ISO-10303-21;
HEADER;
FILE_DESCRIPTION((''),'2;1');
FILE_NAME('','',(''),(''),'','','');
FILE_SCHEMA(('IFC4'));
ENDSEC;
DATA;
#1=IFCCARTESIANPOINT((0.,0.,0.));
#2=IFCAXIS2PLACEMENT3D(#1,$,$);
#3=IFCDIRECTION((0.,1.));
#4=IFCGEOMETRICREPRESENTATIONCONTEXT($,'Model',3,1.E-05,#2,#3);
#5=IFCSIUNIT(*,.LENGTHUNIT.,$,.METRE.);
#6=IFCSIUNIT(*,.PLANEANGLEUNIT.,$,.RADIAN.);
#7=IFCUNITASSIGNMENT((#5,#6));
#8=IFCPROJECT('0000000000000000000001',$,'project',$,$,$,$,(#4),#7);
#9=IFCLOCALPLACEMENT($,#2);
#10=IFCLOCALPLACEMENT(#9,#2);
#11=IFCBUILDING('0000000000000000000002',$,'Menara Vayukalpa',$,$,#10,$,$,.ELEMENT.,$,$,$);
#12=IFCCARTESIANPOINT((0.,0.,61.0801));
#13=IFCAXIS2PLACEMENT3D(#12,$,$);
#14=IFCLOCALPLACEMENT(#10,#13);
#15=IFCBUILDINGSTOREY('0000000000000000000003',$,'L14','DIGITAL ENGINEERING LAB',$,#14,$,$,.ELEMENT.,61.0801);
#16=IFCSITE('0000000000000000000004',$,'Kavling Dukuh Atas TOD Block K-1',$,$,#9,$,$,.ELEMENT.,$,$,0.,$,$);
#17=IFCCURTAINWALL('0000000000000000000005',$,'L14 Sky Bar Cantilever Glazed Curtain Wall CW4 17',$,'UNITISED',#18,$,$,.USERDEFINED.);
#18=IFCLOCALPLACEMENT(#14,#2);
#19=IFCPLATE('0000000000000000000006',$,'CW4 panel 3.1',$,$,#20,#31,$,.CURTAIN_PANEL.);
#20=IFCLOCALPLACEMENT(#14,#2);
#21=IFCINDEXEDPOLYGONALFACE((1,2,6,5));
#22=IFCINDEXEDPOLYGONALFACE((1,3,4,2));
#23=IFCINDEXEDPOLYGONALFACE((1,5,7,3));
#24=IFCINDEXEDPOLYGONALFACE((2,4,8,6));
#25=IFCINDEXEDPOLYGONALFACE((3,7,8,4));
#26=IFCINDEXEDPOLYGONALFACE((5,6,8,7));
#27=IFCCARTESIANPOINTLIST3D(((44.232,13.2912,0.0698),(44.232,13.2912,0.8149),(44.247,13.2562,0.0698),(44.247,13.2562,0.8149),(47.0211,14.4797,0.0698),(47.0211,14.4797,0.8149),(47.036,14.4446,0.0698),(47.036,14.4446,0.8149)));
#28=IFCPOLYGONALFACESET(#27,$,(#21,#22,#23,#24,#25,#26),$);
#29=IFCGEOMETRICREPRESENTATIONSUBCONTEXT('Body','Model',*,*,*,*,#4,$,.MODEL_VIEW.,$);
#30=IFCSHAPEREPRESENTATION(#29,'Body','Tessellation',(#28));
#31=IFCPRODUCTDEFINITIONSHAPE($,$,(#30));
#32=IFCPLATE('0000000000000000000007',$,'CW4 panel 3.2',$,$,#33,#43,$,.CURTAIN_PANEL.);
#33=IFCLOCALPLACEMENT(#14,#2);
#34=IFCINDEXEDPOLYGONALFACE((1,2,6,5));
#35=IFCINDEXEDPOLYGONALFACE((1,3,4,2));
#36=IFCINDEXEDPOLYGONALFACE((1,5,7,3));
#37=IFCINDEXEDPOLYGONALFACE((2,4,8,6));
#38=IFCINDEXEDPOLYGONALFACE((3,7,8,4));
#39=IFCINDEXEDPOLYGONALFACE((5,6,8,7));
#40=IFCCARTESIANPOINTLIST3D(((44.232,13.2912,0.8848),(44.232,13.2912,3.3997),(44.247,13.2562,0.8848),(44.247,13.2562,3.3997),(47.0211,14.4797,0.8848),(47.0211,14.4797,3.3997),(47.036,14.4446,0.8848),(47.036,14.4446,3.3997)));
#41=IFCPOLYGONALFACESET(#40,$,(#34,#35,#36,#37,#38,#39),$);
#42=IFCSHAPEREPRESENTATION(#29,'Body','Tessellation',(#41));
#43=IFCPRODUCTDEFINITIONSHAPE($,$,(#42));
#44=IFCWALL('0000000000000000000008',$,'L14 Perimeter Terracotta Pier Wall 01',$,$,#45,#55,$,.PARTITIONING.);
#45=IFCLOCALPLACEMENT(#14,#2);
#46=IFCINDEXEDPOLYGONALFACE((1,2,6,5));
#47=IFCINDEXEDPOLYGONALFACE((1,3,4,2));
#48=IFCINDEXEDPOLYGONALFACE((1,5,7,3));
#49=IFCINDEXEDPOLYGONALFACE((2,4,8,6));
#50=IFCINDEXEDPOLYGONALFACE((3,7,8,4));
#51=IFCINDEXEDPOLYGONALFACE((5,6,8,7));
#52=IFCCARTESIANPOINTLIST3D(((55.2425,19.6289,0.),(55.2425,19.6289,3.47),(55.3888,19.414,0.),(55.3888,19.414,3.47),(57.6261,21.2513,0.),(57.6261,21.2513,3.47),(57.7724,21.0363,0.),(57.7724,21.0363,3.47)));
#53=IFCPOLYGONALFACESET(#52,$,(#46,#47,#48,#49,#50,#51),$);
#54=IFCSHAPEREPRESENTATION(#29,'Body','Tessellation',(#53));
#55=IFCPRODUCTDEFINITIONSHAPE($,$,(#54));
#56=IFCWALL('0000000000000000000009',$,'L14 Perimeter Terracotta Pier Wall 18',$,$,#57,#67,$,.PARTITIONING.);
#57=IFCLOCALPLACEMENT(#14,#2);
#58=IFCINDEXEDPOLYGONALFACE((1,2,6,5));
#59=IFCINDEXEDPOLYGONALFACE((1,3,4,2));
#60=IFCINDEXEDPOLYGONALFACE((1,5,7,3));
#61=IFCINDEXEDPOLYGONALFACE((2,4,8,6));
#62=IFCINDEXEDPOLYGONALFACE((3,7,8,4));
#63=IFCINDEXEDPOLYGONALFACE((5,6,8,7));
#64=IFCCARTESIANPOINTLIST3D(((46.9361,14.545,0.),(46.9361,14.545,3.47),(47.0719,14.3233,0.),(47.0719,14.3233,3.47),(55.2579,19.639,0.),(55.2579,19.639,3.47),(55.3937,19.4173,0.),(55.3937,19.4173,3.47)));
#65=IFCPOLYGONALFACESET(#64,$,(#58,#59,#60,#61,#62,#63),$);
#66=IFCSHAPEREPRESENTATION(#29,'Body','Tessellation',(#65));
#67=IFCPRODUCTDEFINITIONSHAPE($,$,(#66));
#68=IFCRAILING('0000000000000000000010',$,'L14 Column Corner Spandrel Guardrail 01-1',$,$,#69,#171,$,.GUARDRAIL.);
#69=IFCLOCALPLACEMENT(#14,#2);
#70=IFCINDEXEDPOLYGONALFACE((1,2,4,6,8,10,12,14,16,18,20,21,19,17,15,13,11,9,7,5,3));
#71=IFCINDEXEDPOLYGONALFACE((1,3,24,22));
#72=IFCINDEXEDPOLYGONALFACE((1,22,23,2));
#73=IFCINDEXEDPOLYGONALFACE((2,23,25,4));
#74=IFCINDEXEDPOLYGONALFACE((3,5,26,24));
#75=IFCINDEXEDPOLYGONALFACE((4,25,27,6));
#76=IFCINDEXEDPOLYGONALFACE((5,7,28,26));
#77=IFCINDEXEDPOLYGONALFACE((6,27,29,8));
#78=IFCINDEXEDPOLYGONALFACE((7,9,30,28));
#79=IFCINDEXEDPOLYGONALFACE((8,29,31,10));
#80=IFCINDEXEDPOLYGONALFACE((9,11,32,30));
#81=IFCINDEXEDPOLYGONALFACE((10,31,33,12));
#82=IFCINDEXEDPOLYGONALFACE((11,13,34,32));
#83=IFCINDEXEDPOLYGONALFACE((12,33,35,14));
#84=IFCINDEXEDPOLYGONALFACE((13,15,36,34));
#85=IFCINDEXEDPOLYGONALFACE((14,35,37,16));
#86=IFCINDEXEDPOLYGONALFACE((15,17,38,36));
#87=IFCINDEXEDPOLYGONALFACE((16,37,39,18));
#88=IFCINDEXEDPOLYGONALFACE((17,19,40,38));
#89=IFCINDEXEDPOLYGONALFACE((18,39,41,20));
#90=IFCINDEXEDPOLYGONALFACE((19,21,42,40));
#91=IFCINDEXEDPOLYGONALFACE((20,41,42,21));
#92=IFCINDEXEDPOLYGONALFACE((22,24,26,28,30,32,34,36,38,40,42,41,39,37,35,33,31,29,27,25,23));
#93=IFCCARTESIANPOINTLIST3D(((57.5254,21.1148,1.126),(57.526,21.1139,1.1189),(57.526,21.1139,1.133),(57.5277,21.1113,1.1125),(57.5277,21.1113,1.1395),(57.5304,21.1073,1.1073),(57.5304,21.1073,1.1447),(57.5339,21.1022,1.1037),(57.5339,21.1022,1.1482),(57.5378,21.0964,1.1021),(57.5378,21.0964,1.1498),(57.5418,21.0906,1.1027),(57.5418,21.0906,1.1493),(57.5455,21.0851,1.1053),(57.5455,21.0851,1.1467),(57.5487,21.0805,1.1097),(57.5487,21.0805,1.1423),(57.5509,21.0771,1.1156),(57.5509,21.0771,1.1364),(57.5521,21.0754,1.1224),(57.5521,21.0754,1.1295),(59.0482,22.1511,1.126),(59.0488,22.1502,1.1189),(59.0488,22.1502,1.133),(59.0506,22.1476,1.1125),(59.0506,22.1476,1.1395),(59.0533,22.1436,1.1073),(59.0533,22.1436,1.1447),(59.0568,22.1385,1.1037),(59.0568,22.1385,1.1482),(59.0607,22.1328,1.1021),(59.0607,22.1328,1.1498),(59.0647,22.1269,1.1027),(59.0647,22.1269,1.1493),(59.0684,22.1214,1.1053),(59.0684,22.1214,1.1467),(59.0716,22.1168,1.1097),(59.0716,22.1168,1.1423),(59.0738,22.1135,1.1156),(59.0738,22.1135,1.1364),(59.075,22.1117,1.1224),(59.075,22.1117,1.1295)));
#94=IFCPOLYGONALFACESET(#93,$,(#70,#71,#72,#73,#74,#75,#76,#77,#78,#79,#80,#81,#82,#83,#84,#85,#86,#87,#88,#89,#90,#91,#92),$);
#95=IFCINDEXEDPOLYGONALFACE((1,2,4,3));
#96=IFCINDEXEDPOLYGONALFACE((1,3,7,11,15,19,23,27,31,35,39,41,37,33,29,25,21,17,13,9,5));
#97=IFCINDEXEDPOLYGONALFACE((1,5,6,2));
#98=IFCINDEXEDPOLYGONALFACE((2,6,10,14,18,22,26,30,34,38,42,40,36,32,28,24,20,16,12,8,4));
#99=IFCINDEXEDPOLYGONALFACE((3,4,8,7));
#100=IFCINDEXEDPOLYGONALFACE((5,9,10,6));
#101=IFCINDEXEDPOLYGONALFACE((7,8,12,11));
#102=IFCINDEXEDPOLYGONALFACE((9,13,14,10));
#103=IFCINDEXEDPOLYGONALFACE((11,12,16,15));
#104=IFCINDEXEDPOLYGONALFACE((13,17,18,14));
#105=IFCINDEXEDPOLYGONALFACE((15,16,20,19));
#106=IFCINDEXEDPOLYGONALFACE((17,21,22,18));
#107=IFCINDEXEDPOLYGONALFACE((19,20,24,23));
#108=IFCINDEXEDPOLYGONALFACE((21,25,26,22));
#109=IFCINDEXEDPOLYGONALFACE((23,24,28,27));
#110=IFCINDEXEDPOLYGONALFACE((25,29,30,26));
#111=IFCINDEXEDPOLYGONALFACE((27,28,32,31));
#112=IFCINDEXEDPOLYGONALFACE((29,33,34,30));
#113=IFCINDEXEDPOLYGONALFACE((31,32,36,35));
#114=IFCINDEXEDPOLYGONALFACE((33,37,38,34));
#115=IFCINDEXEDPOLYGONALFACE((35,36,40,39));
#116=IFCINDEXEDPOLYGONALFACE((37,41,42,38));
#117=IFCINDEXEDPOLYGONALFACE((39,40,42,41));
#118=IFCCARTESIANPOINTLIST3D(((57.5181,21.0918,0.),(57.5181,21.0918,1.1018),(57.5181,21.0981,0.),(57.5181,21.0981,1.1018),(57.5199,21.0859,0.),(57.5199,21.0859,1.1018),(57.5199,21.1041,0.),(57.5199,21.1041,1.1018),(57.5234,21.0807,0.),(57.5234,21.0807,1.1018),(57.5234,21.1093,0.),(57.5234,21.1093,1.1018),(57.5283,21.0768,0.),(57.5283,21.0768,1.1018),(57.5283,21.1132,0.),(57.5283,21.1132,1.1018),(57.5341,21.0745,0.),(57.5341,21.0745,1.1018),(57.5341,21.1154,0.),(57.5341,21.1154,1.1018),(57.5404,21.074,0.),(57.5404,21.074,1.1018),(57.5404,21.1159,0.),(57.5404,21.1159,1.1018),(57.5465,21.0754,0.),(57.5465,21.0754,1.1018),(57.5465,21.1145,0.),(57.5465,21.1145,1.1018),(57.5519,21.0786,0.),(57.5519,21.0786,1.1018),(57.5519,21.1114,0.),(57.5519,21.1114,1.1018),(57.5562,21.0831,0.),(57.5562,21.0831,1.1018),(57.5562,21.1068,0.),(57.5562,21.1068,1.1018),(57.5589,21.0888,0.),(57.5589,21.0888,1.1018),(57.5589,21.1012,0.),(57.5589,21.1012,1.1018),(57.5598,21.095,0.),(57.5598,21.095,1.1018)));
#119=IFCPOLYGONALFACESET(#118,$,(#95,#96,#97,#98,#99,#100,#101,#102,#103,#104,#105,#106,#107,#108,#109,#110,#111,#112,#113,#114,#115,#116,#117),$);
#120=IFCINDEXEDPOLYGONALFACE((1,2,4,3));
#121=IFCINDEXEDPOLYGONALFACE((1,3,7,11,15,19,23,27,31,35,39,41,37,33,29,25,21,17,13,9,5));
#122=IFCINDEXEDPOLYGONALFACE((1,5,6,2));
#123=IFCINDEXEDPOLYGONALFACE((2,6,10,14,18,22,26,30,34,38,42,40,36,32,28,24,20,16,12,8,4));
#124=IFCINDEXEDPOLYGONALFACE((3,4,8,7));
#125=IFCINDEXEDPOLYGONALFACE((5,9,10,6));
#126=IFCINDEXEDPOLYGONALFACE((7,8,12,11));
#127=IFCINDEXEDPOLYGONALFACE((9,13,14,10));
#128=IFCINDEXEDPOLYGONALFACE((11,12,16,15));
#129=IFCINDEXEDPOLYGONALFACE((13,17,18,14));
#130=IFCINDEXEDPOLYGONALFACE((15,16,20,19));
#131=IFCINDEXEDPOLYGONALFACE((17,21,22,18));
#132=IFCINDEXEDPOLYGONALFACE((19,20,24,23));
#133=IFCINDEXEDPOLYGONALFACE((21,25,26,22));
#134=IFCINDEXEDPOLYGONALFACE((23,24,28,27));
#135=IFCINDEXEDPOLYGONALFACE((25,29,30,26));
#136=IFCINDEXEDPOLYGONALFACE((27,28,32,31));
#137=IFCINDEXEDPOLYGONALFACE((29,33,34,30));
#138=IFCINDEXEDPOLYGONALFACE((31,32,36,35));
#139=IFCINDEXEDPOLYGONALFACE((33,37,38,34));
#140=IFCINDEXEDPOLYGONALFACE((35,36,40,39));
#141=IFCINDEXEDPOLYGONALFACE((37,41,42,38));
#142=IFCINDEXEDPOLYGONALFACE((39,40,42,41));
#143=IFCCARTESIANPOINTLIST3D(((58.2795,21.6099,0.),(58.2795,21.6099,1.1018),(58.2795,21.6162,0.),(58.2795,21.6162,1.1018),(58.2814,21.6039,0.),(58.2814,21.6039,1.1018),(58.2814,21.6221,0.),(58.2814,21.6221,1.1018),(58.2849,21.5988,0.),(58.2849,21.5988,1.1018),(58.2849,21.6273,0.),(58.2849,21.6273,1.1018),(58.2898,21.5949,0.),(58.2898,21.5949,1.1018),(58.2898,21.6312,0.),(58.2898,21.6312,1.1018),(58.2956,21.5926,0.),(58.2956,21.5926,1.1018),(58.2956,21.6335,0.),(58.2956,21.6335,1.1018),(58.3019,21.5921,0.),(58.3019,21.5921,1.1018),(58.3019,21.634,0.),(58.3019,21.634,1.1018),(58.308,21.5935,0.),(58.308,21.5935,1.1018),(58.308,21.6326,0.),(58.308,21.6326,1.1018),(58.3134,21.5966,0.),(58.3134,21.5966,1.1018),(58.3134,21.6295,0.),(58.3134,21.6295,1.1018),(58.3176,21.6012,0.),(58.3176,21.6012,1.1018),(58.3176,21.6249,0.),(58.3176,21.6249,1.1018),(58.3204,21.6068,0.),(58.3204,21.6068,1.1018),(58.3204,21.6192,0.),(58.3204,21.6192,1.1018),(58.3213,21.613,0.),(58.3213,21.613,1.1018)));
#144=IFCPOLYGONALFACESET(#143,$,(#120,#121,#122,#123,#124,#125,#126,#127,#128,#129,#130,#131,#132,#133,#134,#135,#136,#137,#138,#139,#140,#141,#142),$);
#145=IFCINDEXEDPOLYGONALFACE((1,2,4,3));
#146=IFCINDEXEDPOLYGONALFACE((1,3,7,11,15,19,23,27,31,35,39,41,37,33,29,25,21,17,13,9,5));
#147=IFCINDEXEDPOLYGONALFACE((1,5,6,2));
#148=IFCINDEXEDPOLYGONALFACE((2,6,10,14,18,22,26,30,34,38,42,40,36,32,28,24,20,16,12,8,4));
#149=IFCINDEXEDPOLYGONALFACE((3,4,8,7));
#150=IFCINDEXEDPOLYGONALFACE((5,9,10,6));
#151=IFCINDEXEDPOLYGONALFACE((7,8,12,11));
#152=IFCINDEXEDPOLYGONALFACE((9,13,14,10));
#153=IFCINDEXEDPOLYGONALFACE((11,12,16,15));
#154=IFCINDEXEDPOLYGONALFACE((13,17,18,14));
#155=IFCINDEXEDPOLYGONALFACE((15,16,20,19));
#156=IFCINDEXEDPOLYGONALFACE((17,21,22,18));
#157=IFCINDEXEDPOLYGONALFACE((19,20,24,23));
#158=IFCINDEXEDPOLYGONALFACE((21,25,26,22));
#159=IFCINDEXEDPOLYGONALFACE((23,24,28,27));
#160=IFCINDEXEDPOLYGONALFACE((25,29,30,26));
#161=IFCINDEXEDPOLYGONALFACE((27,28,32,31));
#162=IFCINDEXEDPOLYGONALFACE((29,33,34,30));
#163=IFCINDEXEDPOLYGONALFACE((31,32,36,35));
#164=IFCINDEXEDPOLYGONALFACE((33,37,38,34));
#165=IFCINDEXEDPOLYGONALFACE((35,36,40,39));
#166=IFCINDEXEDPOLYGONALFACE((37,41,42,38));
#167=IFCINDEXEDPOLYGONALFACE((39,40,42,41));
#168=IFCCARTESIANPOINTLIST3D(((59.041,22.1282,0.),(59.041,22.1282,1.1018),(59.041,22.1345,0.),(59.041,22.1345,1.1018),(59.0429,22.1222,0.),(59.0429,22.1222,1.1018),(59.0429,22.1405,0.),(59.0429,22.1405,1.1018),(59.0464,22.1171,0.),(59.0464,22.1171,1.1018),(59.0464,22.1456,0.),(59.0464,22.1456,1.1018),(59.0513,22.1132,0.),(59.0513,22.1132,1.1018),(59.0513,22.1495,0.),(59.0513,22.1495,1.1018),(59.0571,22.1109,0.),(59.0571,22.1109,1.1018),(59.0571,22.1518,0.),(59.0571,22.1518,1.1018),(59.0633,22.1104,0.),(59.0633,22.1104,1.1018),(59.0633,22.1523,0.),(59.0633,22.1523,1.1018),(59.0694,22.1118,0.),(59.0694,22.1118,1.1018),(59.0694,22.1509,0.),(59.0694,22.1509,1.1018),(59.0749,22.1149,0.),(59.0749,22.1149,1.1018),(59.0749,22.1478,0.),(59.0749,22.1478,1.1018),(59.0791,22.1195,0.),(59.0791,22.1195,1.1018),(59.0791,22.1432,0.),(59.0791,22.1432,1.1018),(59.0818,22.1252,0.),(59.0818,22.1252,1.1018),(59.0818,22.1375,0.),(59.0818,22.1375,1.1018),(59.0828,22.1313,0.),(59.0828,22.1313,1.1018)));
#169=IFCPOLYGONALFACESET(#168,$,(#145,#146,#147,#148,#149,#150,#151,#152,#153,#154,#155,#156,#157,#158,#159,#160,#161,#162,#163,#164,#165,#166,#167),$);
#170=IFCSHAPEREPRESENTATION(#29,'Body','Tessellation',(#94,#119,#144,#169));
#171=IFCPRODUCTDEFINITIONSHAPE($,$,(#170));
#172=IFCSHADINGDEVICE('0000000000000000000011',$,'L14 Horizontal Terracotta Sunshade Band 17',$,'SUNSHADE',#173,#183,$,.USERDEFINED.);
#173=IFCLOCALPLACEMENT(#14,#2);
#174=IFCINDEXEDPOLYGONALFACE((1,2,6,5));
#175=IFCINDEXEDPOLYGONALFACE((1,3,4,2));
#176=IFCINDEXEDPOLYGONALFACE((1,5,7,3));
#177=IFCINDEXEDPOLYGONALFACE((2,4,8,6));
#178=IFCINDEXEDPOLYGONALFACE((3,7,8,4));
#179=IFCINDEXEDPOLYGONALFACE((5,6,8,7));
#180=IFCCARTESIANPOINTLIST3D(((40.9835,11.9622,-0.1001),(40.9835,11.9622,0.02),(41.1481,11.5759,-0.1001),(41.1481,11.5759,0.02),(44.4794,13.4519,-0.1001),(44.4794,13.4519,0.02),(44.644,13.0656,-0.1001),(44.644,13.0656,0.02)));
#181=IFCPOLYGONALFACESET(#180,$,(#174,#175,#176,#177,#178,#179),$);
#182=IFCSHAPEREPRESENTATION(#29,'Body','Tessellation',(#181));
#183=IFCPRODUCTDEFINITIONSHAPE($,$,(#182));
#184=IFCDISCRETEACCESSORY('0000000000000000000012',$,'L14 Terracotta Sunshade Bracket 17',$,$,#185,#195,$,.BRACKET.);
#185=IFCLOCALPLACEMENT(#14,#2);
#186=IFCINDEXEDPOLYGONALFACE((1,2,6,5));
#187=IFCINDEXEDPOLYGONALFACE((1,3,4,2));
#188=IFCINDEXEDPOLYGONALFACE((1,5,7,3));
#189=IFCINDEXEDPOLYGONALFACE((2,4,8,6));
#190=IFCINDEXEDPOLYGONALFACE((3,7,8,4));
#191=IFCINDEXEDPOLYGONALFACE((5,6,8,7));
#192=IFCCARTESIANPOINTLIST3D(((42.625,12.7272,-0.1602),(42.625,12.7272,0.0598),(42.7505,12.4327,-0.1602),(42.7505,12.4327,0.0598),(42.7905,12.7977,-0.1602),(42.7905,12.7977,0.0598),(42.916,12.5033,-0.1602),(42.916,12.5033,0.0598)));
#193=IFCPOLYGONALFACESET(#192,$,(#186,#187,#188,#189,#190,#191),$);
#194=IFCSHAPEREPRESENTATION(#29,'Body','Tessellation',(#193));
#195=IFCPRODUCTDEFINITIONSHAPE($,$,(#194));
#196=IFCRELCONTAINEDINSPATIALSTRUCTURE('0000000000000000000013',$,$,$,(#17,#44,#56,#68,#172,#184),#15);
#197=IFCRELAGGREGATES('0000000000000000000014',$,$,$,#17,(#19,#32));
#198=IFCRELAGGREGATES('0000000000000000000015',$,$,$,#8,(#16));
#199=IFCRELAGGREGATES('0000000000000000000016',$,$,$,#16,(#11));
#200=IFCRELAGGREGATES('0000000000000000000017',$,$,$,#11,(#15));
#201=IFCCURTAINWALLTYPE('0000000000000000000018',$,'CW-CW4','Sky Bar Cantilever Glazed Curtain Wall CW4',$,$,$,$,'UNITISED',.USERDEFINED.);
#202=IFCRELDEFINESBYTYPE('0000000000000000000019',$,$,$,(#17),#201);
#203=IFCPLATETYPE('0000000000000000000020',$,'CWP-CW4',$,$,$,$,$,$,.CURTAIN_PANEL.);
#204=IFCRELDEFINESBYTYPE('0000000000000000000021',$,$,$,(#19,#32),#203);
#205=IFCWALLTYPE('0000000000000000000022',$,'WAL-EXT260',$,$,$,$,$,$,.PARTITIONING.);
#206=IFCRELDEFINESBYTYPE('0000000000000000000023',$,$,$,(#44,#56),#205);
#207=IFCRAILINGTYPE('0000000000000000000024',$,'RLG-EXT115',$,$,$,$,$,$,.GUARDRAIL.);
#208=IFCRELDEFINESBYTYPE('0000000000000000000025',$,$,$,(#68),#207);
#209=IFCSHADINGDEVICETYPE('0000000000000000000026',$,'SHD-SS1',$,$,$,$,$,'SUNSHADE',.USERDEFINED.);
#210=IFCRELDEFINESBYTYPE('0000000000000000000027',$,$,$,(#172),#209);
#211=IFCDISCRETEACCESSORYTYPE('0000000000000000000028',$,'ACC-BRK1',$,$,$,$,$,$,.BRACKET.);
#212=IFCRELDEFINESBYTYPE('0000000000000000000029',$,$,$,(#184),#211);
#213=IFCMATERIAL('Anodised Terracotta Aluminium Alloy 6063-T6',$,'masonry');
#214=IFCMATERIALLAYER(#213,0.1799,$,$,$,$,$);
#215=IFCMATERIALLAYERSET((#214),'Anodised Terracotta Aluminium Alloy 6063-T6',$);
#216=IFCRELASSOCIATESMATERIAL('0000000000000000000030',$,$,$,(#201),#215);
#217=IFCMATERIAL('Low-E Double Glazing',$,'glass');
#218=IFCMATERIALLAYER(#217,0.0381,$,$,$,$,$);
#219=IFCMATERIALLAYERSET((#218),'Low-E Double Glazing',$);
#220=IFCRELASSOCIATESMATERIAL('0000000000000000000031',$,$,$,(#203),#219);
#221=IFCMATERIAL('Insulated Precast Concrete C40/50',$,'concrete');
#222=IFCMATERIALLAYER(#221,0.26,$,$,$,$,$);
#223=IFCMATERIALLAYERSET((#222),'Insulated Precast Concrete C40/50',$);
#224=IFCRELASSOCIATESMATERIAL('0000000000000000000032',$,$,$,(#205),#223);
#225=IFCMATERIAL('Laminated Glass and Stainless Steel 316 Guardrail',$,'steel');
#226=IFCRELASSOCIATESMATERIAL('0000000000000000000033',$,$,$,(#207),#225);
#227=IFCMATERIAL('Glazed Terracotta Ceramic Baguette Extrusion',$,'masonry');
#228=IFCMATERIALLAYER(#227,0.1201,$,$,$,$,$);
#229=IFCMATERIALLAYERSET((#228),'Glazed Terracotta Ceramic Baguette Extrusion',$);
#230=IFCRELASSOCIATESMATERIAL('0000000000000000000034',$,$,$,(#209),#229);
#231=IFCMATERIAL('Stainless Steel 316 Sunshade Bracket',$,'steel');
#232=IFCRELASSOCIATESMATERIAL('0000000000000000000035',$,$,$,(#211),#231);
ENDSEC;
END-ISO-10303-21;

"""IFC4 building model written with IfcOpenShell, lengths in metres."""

from ifc_helpers import new_model, si_unit, direction, frame, frame_2d, origin, origin_2d, place, context, subcontext, project, spatial, rectangle, circle, extrude, material, layer, layer_set, type_object, element, aggregate, save


model = new_model("IFC4")

# Units and contexts
model_context = context("Model", 3, precision=1e-05, world=origin(), true_north=direction((0.0, 1.0)))
body_context = subcontext(model_context, "Body", "Model", "MODEL_VIEW")
ifc_project = project(units=[si_unit("LENGTHUNIT", "METRE"), si_unit("PLANEANGLEUNIT", "RADIAN")], contexts=[model_context])

# Site, building, storey
site_placement = place(None, origin())
site = spatial("IfcSite", under=ifc_project, at=site_placement, Name="Kavling Dukuh Atas TOD Block K-1", CompositionType="ELEMENT", RefElevation=0.0)
building_placement = place(site_placement, origin())
building = spatial("IfcBuilding", under=site, at=building_placement, Name="Menara Vayukalpa", CompositionType="ELEMENT")
storey_placement = place(building_placement, frame((0.0, 0.0, 61.0801)))
storey = spatial("IfcBuildingStorey", under=building, at=storey_placement, Name="L14", Description="DIGITAL ENGINEERING LAB", CompositionType="ELEMENT", Elevation=61.0801)

# Curtain wall
ifc_material_1 = material(Name="Anodised Terracotta Aluminium Alloy 6063-T6", Category="masonry")
ifc_layer_1 = layer(ifc_material_1, 0.1799)
ifc_layer_set_1 = layer_set([ifc_layer_1], Name="Anodised Terracotta Aluminium Alloy 6063-T6")
curtain_wall_type = type_object("IfcCurtainWallType", Name="CW-CW4", Description="Sky Bar Cantilever Glazed Curtain Wall CW4", ElementType="UNITISED", PredefinedType="USERDEFINED", material=ifc_layer_set_1)
curtain_wall_1_placement = place(storey_placement, origin())
curtain_wall_1 = element("IfcCurtainWall", 1, at=curtain_wall_1_placement, inside=storey, type_object=curtain_wall_type, Name="L14 Sky Bar Cantilever Glazed Curtain Wall CW4 17", ObjectType="UNITISED", PredefinedType="USERDEFINED")

# Plates
ifc_material_2 = material(Name="Low-E Double Glazing", Category="glass")
ifc_layer_2 = layer(ifc_material_2, 0.0381)
ifc_layer_set_2 = layer_set([ifc_layer_2], Name="Low-E Double Glazing")
plate_type = type_object("IfcPlateType", Name="CWP-CW4", PredefinedType="CURTAIN_PANEL", material=ifc_layer_set_2)
plate_1_placement = place(storey_placement, frame((45.634, 13.8679, 0.0698), z_axis=(0.0, 0.0, 1.0), x_axis=(0.919962, 0.392008, 0.0)))
plate_1 = element("IfcPlate", 2, at=plate_1_placement, type_object=plate_type, Name="CW4 panel 3.1", PredefinedType="CURTAIN_PANEL", context=body_context, shape_type="SweptSolid", body=[
    extrude(rectangle(XDim=3.0317, YDim=0.0381, at=origin_2d()), origin(), (0.0, 0.0, 1.0), 0.7451),
])
plate_2_placement = place(storey_placement, frame((45.634, 13.8679, 0.8848), z_axis=(0.0, 0.0, 1.0), x_axis=(0.919962, 0.392008, 0.0)))
plate_2 = element("IfcPlate", 3, at=plate_2_placement, type_object=plate_type, Name="CW4 panel 3.2", PredefinedType="CURTAIN_PANEL", context=body_context, shape_type="SweptSolid", body=[
    extrude(rectangle(XDim=3.0317, YDim=0.0381, at=origin_2d()), origin(), (0.0, 0.0, 1.0), 2.5149),
])
aggregate(curtain_wall_1, [plate_1, plate_2])

# Walls
ifc_material_3 = material(Name="Insulated Precast Concrete C40/50", Category="concrete")
ifc_layer_3 = layer(ifc_material_3, 0.26)
ifc_layer_set_3 = layer_set([ifc_layer_3], Name="Insulated Precast Concrete C40/50")
wall_type = type_object("IfcWallType", Name="WAL-EXT260", PredefinedType="PARTITIONING", material=ifc_layer_set_3)
wall_1_placement = place(storey_placement, frame((57.6992, 21.1438, 0.0), z_axis=(0.0, 0.0, 1.0), x_axis=(-0.826684, -0.562667, 0.0)))
element("IfcWall", 4, at=wall_1_placement, inside=storey, type_object=wall_type, Name="L14 Perimeter Terracotta Pier Wall 01", PredefinedType="PARTITIONING", context=body_context, shape_type="SweptSolid", body=[
    extrude(rectangle(XDim=2.8833, YDim=0.26, at=frame_2d((1.4417, 0.0))), origin(), (0.0, 0.0, 1.0), 3.47),
])
wall_2_placement = place(storey_placement, frame((55.3257, 19.5281, 0.0), z_axis=(0.0, 0.0, 1.0), x_axis=(-0.852896, -0.522081, 0.0)))
element("IfcWall", 5, at=wall_2_placement, inside=storey, type_object=wall_type, Name="L14 Perimeter Terracotta Pier Wall 18", PredefinedType="PARTITIONING", context=body_context, shape_type="SweptSolid", body=[
    extrude(rectangle(XDim=9.7571, YDim=0.26, at=frame_2d((4.8784, 0.0))), origin(), (0.0, 0.0, 1.0), 3.47),
])

# Railing
ifc_material_4 = material(Name="Laminated Glass and Stainless Steel 316 Guardrail", Category="steel")
railing_type = type_object("IfcRailingType", Name="RLG-EXT115", PredefinedType="GUARDRAIL", material=ifc_material_4)
railing_placement = place(storey_placement, frame((57.5388, 21.095, 0.0)))
element("IfcRailing", 6, at=railing_placement, inside=storey, type_object=railing_type, Name="L14 Column Corner Spandrel Guardrail 01-1", PredefinedType="GUARDRAIL", context=body_context, shape_type="SweptSolid", body=[
    extrude(circle(Radius=0.0239, at=origin_2d()), frame((0.0, 0.0, 1.126), z_axis=(0.826732, 0.562596, 0.0), x_axis=(-0.562596, 0.826732, 0.0)), (0.0, 0.0, 1.0), 1.842),
    extrude(circle(Radius=0.021, at=origin_2d()), origin(), (0.0, 0.0, 1.0), 1.1018),
    extrude(circle(Radius=0.021, at=origin_2d()), frame((0.7615, 0.5181, 0.0)), (0.0, 0.0, 1.0), 1.1018),
    extrude(circle(Radius=0.021, at=origin_2d()), frame((1.5229, 1.0364, 0.0)), (0.0, 0.0, 1.0), 1.1018),
])

# Shading device
ifc_material_5 = material(Name="Glazed Terracotta Ceramic Baguette Extrusion", Category="masonry")
ifc_layer_4 = layer(ifc_material_5, 0.1201)
ifc_layer_set_4 = layer_set([ifc_layer_4], Name="Glazed Terracotta Ceramic Baguette Extrusion")
shading_device_type = type_object("IfcShadingDeviceType", Name="SHD-SS1", ElementType="SUNSHADE", PredefinedType="USERDEFINED", material=ifc_layer_set_4)
shading_device_placement = place(storey_placement, frame((42.8137, 12.5139, -0.1001), z_axis=(0.0, 0.0, 1.0), x_axis=(0.919958, 0.392016, 0.0)))
element("IfcShadingDevice", 7, at=shading_device_placement, inside=storey, type_object=shading_device_type, Name="L14 Horizontal Terracotta Sunshade Band 17", ObjectType="SUNSHADE", PredefinedType="USERDEFINED", context=body_context, shape_type="SweptSolid", body=[
    extrude(rectangle(XDim=3.8, YDim=0.4199, at=origin_2d()), origin(), (0.0, 0.0, 1.0), 0.1201),
])

# Discrete accessory
ifc_material_6 = material(Name="Stainless Steel 316 Sunshade Bracket", Category="steel")
discrete_accessory_type = type_object("IfcDiscreteAccessoryType", Name="ACC-BRK1", PredefinedType="BRACKET", material=ifc_material_6)
discrete_accessory_placement = place(storey_placement, frame((42.7705, 12.6152, -0.1602), z_axis=(0.0, 0.0, 1.0), x_axis=(0.919958, 0.392016, 0.0)))
element("IfcDiscreteAccessory", 8, at=discrete_accessory_placement, inside=storey, type_object=discrete_accessory_type, Name="L14 Terracotta Sunshade Bracket 17", PredefinedType="BRACKET", context=body_context, shape_type="SweptSolid", body=[
    extrude(rectangle(XDim=0.1799, YDim=0.3201, at=origin_2d()), origin(), (0.0, 0.0, 1.0), 0.22),
])

save(model, "model.ifc")
